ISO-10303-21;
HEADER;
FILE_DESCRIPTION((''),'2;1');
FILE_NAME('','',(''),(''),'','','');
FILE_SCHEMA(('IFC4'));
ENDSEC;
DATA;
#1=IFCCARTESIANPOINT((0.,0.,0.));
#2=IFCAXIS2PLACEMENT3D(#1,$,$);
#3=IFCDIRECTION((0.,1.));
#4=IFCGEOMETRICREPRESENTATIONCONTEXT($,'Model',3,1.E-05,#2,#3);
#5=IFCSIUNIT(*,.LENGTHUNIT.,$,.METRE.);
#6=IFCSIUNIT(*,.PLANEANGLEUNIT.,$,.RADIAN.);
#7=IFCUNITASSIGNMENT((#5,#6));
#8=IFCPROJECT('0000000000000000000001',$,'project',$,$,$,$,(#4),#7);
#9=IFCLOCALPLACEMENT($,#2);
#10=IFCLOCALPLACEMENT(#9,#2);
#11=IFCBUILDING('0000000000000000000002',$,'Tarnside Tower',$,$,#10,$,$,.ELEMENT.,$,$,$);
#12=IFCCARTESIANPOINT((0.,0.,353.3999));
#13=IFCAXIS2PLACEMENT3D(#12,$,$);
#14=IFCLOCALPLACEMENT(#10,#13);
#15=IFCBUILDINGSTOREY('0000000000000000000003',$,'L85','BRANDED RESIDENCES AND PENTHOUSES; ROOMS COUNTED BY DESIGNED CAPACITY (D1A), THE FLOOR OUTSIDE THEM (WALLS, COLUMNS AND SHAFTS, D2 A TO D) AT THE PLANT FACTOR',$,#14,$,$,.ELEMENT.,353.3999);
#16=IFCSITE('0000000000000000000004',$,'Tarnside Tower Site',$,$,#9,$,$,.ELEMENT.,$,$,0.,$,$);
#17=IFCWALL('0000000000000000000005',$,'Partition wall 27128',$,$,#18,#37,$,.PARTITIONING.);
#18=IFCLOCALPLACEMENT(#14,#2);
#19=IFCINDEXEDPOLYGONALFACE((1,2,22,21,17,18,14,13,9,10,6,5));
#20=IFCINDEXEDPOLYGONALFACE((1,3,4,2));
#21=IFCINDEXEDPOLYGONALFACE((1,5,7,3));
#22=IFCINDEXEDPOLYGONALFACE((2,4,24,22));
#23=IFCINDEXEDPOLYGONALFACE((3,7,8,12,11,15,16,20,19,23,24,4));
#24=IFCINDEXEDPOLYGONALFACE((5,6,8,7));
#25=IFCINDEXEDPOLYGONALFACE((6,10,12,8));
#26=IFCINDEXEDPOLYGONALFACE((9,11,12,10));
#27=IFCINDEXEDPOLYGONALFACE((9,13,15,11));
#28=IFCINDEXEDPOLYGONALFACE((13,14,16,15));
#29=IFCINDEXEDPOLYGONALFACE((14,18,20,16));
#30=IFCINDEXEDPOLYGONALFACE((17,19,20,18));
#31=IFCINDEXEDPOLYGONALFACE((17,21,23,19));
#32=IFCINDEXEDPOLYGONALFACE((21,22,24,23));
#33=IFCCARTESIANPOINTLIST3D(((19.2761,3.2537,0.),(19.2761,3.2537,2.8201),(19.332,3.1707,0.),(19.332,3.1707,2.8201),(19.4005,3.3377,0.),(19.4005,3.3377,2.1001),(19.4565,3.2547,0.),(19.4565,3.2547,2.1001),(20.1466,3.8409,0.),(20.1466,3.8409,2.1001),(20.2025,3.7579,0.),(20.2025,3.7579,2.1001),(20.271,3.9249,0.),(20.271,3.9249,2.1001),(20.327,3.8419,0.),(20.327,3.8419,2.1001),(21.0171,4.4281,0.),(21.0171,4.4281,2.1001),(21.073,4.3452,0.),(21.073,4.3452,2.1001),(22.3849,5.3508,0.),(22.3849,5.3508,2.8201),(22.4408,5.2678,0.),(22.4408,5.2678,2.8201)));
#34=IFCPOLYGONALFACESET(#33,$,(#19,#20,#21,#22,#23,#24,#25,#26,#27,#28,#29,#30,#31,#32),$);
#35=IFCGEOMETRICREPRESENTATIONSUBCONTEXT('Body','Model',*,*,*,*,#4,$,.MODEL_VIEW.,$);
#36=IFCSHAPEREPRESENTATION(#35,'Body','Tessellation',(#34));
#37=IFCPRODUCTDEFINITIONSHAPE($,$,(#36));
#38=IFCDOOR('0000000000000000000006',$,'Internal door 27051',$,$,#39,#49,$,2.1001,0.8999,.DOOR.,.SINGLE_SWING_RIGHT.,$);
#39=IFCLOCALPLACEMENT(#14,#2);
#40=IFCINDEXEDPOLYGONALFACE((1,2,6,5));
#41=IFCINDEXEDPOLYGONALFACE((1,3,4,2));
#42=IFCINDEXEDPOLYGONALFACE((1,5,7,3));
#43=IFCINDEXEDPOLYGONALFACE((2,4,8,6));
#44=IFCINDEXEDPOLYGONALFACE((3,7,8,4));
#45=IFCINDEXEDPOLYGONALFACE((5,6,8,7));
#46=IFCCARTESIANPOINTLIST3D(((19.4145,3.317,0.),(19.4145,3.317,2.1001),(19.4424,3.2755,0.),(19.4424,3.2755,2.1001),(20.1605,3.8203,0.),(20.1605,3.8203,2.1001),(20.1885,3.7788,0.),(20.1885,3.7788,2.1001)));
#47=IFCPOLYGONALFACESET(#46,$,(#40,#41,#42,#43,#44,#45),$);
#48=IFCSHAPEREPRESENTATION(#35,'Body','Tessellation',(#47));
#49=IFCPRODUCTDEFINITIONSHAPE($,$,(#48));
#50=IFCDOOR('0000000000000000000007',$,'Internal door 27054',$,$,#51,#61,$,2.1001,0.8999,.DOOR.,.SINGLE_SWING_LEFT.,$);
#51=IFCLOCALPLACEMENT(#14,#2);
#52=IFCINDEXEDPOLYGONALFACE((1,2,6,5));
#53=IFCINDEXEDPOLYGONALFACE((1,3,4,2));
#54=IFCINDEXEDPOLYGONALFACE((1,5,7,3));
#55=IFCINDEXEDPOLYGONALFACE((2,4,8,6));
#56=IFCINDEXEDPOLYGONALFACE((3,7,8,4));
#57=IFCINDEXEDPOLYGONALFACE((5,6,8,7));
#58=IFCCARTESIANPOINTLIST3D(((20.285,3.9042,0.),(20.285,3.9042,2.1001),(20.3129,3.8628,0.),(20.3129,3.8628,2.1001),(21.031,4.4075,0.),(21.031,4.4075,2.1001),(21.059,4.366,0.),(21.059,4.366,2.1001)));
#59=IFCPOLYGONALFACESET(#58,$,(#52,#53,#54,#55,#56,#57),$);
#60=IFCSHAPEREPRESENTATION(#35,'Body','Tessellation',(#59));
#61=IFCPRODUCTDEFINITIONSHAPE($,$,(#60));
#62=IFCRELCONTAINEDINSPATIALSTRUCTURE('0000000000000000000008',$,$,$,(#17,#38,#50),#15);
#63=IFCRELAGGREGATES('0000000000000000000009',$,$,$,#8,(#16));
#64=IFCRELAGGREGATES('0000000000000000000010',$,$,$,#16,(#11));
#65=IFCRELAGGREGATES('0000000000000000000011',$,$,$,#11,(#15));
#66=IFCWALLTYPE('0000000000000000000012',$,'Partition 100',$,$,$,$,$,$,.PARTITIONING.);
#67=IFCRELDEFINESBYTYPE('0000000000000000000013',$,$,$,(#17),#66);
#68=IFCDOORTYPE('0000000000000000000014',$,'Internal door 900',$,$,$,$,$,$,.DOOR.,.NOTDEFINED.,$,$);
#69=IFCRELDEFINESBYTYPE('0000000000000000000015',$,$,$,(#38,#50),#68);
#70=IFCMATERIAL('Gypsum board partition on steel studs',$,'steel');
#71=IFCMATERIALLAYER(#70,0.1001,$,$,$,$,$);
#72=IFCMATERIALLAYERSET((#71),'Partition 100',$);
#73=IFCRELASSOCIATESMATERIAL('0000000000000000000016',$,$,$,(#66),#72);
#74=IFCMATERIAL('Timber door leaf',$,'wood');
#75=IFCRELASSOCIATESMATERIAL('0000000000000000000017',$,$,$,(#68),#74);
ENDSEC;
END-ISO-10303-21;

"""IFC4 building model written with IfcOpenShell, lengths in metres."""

from ifc_helpers import new_model, si_unit, direction, frame, frame_2d, origin, place, context, subcontext, project, spatial, rectangle, extrude, material, layer, layer_set, type_object, element, fill, save


model = new_model("IFC4")

# Units and contexts
model_context = context("Model", 3, precision=1e-05, world=origin(), true_north=direction((0.0, 1.0)))
body_context = subcontext(model_context, "Body", "Model", "MODEL_VIEW")
ifc_project = project(units=[si_unit("LENGTHUNIT", "METRE"), si_unit("PLANEANGLEUNIT", "RADIAN")], contexts=[model_context])

# Site, building, storey
site_placement = place(None, origin())
site = spatial("IfcSite", under=ifc_project, at=site_placement, Name="Tarnside Tower Site", CompositionType="ELEMENT", RefElevation=0.0)
building_placement = place(site_placement, origin())
building = spatial("IfcBuilding", under=site, at=building_placement, Name="Tarnside Tower", CompositionType="ELEMENT")
storey_placement = place(building_placement, frame((0.0, 0.0, 353.3999)))
storey = spatial("IfcBuildingStorey", under=building, at=storey_placement, Name="L85", Description="BRANDED RESIDENCES AND PENTHOUSES; ROOMS COUNTED BY DESIGNED CAPACITY (D1A), THE FLOOR OUTSIDE THEM (WALLS, COLUMNS AND SHAFTS, D2 A TO D) AT THE PLANT FACTOR", CompositionType="ELEMENT", Elevation=353.3999)

# Shared definitions
ifc_material_1 = material(Name="Gypsum board partition on steel studs", Category="steel")
ifc_material_2 = material(Name="Timber door leaf", Category="wood")

# Wall, openings, doors
ifc_layer_1 = layer(ifc_material_1, 0.1001)
ifc_layer_set_1 = layer_set([ifc_layer_1], Name="Partition 100")
wall_type_1 = type_object("IfcWallType", Name="Partition 100", PredefinedType="PARTITIONING", material=ifc_layer_set_1)
door_type_1 = type_object("IfcDoorType", Name="Internal door 900", OperationType="NOTDEFINED", PredefinedType="DOOR", material=ifc_material_2)
wall_1_placement = place(storey_placement, frame((22.4128, 5.3093, 0.0), z_axis=(0.0, 0.0, 1.0), x_axis=(-0.829013, -0.559229, 0.0)))
wall_1 = element("IfcWall", 1, at=wall_1_placement, inside=storey, type_object=wall_type_1, Name="Partition wall 27128", PredefinedType="PARTITIONING", context=body_context, shape_type="SweptSolid", body=[
    extrude(rectangle(XDim=3.75, YDim=0.1001, at=frame_2d((1.875, 0.0))), origin(), (0.0, 0.0, 1.0), 2.8201),
])
opening_1_placement = place(wall_1_placement, frame((2.7, 0.0, 0.0)))
opening_1 = element("IfcOpeningElement", 2, at=opening_1_placement, cuts=wall_1, PredefinedType="OPENING", context=body_context, shape_type="SweptSolid", body=[
    extrude(rectangle(XDim=0.8999, YDim=2.1001, at=frame_2d((0.45, 1.05))), frame((0.0, 0.0601, 0.0), z_axis=(0.0, -1.0, 0.0), x_axis=(1.0, 0.0, 0.0)), (0.0, 0.0, 1.0), 0.1201),
])
opening_2_placement = place(wall_1_placement, frame((1.6499, 0.0, 0.0)))
opening_2 = element("IfcOpeningElement", 3, at=opening_2_placement, cuts=wall_1, PredefinedType="OPENING", context=body_context, shape_type="SweptSolid", body=[
    extrude(rectangle(XDim=0.8999, YDim=2.1001, at=frame_2d((0.45, 1.05))), frame((0.0, 0.0601, 0.0), z_axis=(0.0, -1.0, 0.0), x_axis=(1.0, 0.0, 0.0)), (0.0, 0.0, 1.0), 0.1201),
])
door_1_placement = place(opening_1_placement, origin())
door_1 = element("IfcDoor", 4, at=door_1_placement, inside=storey, type_object=door_type_1, Name="Internal door 27051", OperationType="SINGLE_SWING_RIGHT", OverallHeight=2.1001, OverallWidth=0.8999, PredefinedType="DOOR", context=body_context, shape_type="SweptSolid", body=[
    extrude(rectangle(XDim=0.8999, YDim=2.1001, at=frame_2d((0.45, 1.05))), frame((0.0, 0.0249, 0.0), z_axis=(0.0, -1.0, 0.0), x_axis=(1.0, 0.0, 0.0)), (0.0, 0.0, 1.0), 0.05),
])
fill(opening_1, door_1)
door_2_placement = place(opening_2_placement, origin())
door_2 = element("IfcDoor", 5, at=door_2_placement, inside=storey, type_object=door_type_1, Name="Internal door 27054", OperationType="SINGLE_SWING_LEFT", OverallHeight=2.1001, OverallWidth=0.8999, PredefinedType="DOOR", context=body_context, shape_type="SweptSolid", body=[
    extrude(rectangle(XDim=0.8999, YDim=2.1001, at=frame_2d((0.45, 1.05))), frame((0.0, 0.0249, 0.0), z_axis=(0.0, -1.0, 0.0), x_axis=(1.0, 0.0, 0.0)), (0.0, 0.0, 1.0), 0.05),
])
fill(opening_2, door_2)

save(model, "model.ifc")
